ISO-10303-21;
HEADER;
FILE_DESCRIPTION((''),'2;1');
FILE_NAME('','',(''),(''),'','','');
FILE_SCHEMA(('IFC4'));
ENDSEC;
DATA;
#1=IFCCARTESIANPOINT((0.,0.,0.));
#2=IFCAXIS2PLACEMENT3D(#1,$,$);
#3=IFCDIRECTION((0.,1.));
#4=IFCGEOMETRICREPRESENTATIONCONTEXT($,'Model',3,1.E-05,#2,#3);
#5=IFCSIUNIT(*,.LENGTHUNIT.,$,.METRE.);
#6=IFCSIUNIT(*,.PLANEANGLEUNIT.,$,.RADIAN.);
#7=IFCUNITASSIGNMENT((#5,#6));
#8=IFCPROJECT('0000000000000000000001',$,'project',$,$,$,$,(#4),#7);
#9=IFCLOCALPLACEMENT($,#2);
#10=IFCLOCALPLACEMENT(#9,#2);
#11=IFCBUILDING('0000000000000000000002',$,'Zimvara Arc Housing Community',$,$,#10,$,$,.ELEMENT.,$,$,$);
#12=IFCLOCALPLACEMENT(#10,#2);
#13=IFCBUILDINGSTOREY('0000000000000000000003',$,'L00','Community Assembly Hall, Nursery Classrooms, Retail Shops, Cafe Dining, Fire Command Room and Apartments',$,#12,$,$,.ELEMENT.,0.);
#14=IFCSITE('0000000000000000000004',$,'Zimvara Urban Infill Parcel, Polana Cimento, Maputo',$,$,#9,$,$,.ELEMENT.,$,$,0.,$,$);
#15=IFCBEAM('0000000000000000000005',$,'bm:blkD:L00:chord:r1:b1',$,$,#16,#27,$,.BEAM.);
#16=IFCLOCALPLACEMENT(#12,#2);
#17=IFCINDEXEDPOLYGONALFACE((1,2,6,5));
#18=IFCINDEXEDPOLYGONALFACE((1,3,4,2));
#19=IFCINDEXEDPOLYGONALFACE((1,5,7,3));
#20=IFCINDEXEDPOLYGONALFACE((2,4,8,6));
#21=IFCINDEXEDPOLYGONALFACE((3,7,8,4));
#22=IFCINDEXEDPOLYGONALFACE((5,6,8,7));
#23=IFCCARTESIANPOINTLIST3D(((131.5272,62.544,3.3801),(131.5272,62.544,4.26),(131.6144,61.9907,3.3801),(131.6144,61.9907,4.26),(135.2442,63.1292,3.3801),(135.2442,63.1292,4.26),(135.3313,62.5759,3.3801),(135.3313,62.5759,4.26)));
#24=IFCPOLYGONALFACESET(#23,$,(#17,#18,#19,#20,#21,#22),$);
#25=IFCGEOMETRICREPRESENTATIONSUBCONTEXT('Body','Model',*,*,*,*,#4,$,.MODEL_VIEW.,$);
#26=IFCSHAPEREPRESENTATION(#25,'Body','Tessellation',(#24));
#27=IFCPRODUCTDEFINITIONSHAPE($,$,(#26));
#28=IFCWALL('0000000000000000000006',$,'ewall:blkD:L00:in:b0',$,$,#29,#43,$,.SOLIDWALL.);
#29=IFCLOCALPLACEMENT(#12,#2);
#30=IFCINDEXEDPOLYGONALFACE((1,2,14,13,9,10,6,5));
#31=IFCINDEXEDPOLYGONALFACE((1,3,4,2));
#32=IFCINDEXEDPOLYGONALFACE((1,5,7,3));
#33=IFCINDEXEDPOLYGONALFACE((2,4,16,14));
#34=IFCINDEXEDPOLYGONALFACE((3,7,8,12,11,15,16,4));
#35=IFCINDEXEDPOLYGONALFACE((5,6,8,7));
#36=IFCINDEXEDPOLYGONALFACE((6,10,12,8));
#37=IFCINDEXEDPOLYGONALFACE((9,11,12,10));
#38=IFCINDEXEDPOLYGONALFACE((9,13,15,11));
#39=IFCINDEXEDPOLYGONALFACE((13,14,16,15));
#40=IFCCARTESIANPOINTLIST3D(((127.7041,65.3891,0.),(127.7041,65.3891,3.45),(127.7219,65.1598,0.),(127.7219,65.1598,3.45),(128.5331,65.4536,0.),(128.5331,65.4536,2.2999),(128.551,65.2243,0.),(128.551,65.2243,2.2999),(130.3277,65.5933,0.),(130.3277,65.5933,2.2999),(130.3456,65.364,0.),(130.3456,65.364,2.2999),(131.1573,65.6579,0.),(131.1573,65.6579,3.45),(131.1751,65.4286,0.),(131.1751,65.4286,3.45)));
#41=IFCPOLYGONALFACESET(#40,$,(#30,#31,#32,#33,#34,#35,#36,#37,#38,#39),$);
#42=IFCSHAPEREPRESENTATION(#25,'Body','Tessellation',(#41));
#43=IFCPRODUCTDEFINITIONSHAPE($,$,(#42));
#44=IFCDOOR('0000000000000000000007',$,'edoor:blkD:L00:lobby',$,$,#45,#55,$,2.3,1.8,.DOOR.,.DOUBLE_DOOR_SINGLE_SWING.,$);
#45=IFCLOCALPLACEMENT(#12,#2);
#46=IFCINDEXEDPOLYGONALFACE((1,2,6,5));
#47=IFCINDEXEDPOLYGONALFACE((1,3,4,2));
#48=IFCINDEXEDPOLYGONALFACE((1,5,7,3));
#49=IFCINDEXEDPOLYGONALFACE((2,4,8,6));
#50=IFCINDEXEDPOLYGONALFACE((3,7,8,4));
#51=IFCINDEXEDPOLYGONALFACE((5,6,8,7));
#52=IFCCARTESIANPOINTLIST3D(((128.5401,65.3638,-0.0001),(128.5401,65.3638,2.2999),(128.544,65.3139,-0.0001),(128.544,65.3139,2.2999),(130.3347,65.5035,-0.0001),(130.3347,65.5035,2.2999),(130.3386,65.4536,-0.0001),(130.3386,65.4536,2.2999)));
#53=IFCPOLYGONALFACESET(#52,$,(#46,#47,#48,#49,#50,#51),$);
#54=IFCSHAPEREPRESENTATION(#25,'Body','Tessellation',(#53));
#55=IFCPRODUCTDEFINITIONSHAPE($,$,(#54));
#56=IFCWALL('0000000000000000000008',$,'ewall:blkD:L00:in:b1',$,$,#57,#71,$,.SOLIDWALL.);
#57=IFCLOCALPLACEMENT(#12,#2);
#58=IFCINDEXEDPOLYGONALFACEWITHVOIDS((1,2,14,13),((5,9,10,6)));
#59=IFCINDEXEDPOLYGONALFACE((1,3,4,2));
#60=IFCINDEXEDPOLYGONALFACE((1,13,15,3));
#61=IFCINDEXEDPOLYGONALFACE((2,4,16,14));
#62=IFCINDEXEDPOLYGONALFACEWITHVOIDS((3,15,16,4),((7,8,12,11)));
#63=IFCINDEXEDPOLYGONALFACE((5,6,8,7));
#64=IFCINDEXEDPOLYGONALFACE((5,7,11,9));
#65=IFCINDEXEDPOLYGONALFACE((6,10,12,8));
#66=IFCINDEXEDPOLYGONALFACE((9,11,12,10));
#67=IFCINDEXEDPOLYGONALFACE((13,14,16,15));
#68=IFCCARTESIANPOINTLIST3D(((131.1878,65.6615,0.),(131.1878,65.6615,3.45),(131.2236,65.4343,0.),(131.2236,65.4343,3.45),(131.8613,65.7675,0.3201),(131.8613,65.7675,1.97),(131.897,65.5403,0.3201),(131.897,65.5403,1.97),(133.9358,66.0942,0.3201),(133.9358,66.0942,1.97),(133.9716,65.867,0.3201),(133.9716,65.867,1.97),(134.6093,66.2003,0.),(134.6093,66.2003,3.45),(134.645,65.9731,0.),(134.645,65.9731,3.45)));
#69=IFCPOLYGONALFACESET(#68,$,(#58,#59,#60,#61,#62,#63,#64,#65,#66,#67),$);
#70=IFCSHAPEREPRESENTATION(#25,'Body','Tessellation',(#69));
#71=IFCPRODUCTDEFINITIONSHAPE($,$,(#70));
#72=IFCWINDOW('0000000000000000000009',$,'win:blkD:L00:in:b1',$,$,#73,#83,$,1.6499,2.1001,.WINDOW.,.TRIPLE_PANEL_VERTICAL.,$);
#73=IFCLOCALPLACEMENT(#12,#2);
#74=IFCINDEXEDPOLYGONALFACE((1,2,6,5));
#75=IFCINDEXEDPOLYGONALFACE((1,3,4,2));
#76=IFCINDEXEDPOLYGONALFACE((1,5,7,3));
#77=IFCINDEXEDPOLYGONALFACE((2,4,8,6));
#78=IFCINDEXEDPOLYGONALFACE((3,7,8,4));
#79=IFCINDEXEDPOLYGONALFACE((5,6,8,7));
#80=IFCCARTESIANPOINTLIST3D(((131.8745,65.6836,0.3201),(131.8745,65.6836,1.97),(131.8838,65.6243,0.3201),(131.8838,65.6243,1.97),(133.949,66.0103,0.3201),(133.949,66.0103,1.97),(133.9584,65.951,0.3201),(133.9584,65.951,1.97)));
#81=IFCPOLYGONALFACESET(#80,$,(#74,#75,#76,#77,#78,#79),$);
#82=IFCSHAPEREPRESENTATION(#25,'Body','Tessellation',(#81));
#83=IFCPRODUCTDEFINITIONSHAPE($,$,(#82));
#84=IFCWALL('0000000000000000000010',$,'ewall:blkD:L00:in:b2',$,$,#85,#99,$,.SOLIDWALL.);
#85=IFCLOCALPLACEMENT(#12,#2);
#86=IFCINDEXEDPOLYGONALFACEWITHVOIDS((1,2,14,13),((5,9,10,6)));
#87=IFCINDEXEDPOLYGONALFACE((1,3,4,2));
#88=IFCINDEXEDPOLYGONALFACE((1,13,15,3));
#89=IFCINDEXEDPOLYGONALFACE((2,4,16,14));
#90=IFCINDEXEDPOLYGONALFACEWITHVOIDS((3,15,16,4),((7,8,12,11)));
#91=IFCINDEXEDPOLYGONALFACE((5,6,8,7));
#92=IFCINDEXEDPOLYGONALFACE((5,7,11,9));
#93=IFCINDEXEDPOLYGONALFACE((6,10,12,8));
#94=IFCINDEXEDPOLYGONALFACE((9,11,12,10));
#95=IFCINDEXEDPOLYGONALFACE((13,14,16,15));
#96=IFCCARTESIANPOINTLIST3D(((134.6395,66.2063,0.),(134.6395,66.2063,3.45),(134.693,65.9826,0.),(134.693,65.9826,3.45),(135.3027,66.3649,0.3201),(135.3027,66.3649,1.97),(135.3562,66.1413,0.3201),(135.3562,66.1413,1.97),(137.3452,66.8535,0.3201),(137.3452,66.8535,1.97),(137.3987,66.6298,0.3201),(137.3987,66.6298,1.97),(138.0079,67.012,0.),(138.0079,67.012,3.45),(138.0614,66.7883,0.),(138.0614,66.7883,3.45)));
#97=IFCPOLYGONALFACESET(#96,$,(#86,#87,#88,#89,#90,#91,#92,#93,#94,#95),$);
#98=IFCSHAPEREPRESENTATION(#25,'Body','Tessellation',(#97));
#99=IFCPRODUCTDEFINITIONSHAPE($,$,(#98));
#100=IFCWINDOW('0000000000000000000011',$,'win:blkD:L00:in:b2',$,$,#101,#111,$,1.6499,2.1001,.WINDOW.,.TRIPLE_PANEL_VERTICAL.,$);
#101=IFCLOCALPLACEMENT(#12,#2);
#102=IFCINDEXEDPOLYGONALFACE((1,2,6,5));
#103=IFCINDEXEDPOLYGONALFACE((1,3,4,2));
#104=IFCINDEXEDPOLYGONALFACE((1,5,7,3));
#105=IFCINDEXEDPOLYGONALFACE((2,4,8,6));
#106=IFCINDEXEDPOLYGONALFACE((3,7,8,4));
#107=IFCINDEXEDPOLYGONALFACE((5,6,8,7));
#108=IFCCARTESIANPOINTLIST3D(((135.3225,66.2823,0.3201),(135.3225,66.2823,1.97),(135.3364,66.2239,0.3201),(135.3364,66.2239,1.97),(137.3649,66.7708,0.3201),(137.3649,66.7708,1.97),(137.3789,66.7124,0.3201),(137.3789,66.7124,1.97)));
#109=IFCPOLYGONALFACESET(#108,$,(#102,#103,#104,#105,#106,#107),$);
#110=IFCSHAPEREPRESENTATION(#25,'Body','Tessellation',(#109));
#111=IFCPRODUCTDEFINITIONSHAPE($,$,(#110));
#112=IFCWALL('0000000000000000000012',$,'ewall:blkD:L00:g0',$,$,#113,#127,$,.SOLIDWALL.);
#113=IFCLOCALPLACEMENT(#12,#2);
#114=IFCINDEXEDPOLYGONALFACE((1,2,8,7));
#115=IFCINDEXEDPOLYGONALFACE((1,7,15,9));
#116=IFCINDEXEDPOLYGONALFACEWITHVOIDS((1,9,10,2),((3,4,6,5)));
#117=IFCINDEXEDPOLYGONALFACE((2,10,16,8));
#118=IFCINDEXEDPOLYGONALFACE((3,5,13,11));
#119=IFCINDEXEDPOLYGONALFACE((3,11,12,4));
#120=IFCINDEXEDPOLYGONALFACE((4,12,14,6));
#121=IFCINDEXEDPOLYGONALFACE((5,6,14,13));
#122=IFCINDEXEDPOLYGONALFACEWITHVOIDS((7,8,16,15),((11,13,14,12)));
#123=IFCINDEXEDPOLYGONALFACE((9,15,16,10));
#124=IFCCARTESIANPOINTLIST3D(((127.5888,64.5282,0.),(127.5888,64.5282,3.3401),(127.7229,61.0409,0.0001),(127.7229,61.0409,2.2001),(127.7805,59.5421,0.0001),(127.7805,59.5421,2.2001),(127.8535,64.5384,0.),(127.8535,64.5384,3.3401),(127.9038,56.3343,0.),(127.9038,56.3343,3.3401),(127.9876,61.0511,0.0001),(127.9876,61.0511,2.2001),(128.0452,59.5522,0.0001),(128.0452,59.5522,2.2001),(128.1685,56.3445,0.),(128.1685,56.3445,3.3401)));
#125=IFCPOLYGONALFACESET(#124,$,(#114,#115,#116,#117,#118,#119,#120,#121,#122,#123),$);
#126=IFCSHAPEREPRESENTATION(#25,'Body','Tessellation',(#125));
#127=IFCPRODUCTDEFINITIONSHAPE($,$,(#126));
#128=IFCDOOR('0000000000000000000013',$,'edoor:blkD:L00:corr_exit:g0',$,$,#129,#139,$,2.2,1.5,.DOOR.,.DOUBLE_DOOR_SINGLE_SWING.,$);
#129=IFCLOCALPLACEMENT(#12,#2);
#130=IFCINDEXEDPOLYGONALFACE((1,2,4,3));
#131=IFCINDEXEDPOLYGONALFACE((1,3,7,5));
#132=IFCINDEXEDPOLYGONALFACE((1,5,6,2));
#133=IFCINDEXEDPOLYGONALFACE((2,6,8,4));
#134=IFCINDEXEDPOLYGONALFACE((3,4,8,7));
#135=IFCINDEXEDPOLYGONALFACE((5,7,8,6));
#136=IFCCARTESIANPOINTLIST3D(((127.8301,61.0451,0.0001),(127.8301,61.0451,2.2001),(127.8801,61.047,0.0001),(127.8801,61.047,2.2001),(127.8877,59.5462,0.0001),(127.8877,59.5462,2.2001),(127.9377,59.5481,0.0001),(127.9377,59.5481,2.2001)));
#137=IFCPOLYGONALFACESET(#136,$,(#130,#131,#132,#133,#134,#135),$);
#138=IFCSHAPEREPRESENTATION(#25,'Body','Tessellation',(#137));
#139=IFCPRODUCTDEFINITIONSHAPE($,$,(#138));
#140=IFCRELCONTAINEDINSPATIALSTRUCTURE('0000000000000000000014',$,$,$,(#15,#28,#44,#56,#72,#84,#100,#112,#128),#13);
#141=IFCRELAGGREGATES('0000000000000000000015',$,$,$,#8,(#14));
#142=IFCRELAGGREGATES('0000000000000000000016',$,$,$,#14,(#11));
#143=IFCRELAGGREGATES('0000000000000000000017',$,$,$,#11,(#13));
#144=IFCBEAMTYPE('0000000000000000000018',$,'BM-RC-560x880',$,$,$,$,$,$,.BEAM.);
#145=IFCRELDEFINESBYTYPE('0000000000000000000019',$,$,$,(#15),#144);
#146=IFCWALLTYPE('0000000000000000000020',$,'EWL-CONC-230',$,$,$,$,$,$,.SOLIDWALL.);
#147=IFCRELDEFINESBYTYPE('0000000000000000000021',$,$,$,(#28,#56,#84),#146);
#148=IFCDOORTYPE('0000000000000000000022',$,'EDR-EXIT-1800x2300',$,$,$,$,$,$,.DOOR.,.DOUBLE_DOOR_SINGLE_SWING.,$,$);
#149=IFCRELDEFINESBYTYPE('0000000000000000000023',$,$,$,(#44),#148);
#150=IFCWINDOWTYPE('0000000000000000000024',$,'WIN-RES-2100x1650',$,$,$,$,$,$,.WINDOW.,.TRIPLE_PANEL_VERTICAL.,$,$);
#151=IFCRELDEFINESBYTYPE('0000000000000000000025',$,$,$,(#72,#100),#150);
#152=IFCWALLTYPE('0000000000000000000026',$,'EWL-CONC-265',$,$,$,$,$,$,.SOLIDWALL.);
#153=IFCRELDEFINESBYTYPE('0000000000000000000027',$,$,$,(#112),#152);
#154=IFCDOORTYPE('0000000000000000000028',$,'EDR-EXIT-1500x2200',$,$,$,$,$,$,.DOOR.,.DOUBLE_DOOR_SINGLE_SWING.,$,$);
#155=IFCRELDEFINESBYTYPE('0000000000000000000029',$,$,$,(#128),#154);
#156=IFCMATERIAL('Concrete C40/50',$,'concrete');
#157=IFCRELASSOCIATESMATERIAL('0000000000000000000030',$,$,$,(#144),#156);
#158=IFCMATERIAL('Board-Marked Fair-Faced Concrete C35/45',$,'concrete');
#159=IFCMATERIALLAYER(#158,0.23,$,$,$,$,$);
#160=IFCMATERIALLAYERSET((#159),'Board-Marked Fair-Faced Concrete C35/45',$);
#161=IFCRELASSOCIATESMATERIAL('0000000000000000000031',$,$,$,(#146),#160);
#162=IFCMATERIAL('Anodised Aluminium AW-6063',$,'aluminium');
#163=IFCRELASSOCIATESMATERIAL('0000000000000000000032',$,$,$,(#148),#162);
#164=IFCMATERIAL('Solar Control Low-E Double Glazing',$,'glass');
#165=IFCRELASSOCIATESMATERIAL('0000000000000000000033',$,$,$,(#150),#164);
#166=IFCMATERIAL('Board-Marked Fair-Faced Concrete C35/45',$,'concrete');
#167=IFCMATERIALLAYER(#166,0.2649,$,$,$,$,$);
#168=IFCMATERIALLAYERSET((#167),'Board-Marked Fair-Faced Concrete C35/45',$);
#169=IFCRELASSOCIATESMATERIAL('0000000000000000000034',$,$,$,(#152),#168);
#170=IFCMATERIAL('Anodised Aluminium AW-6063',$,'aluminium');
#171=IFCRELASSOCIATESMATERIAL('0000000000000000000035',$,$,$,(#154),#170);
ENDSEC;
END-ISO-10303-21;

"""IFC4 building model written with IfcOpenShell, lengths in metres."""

from ifc_helpers import new_model, si_unit, direction, frame, frame_2d, origin, origin_2d, place, context, subcontext, project, spatial, rectangle, extrude, material, layer, layer_set, material_profile, profile_set, type_object, element, fill, save


model = new_model("IFC4")

# Units and contexts
model_context = context("Model", 3, precision=1e-05, world=origin(), true_north=direction((0.0, 1.0)))
body_context = subcontext(model_context, "Body", "Model", "MODEL_VIEW")
ifc_project = project(units=[si_unit("LENGTHUNIT", "METRE"), si_unit("PLANEANGLEUNIT", "RADIAN")], contexts=[model_context])

# Site, building, storey
site_placement = place(None, origin())
site = spatial("IfcSite", under=ifc_project, at=site_placement, Name="Zimvara Urban Infill Parcel, Polana Cimento, Maputo", CompositionType="ELEMENT", RefElevation=0.0)
building_placement = place(site_placement, origin())
building = spatial("IfcBuilding", under=site, at=building_placement, Name="Zimvara Arc Housing Community", CompositionType="ELEMENT")
storey_placement = place(building_placement, origin())
storey = spatial("IfcBuildingStorey", under=building, at=storey_placement, Name="L00", Description="Community Assembly Hall, Nursery Classrooms, Retail Shops, Cafe Dining, Fire Command Room and Apartments", CompositionType="ELEMENT", Elevation=0.0)

# Beam
ifc_material_1 = material(Name="Concrete C40/50", Category="concrete")
ifc_material_profile_1 = material_profile(ifc_material_1, rectangle(XDim=0.5601, YDim=0.8799, at=origin_2d()), Name="RC 560x880")
ifc_profile_set_1 = profile_set([ifc_material_profile_1], Name="Concrete C40/50")
beam_type_1 = type_object("IfcBeamType", Name="BM-RC-560x880", PredefinedType="BEAM", material=ifc_profile_set_1)
beam_1_placement = place(storey_placement, frame((131.5708, 62.2673, 3.8201), z_axis=(0.987831, 0.155533, 0.0), x_axis=(-0.155533, 0.987831, 0.0)))
element("IfcBeam", 1, at=beam_1_placement, inside=storey, type_object=beam_type_1, Name="bm:blkD:L00:chord:r1:b1", PredefinedType="BEAM", context=body_context, shape_type="SweptSolid", body=[
    extrude(rectangle(XDim=0.5601, YDim=0.8799, at=origin_2d()), origin(), (0.0, 0.0, 1.0), 3.7627),
])

# Wall, opening, door
ifc_material_2 = material(Name="Board-Marked Fair-Faced Concrete C35/45", Category="concrete")
ifc_layer_1 = layer(ifc_material_2, 0.23)
ifc_layer_set_1 = layer_set([ifc_layer_1], Name="Board-Marked Fair-Faced Concrete C35/45")
wall_type_1 = type_object("IfcWallType", Name="EWL-CONC-230", PredefinedType="SOLIDWALL", material=ifc_layer_set_1)
wall_1_placement = place(storey_placement, frame((127.7129, 65.2744, 0.0), z_axis=(0.0, 0.0, 1.0), x_axis=(0.996984, 0.077607, 0.0)))
wall_1 = element("IfcWall", 2, at=wall_1_placement, inside=storey, type_object=wall_type_1, Name="ewall:blkD:L00:in:b0", PredefinedType="SOLIDWALL", context=body_context, shape_type="SweptSolid", body=[
    extrude(rectangle(XDim=3.4636, YDim=0.23, at=frame_2d((1.7319, 0.0))), origin(), (0.0, 0.0, 1.0), 3.45),
])
opening_1_placement = place(wall_1_placement, frame((0.8318, 0.0, 0.0)))
opening_1 = element("IfcOpeningElement", 3, at=opening_1_placement, cuts=wall_1, PredefinedType="OPENING", context=body_context, shape_type="SweptSolid", body=[
    extrude(rectangle(XDim=1.8, YDim=2.3, at=frame_2d((0.8999, 1.1499))), frame((0.0, 0.125, 0.0), z_axis=(0.0, -1.0, 0.0), x_axis=(1.0, 0.0, 0.0)), (0.0, 0.0, 1.0), 0.25),
])
ifc_material_3 = material(Name="Anodised Aluminium AW-6063", Category="aluminium")
door_type_1 = type_object("IfcDoorType", Name="EDR-EXIT-1800x2300", OperationType="DOUBLE_DOOR_SINGLE_SWING", PredefinedType="DOOR", material=ifc_material_3)
door_1_placement = place(opening_1_placement, origin())
door_1 = element("IfcDoor", 4, at=door_1_placement, inside=storey, type_object=door_type_1, Name="edoor:blkD:L00:lobby", OperationType="DOUBLE_DOOR_SINGLE_SWING", OverallHeight=2.3, OverallWidth=1.8, PredefinedType="DOOR", context=body_context, shape_type="SweptSolid", body=[
    extrude(rectangle(XDim=1.8, YDim=2.3, at=frame_2d((0.8999, 1.1499))), frame((0.0, 0.0249, 0.0), z_axis=(0.0, -1.0, 0.0), x_axis=(1.0, 0.0, 0.0)), (0.0, 0.0, 1.0), 0.05),
])
fill(opening_1, door_1)

# Walls, openings, windows
wall_2_placement = place(storey_placement, frame((131.2056, 65.5479, 0.0), z_axis=(0.0, 0.0, 1.0), x_axis=(0.987825, 0.155568, 0.0)))
wall_2 = element("IfcWall", 5, at=wall_2_placement, inside=storey, type_object=wall_type_1, Name="ewall:blkD:L00:in:b1", PredefinedType="SOLIDWALL", context=body_context, shape_type="SweptSolid", body=[
    extrude(rectangle(XDim=3.4636, YDim=0.23, at=frame_2d((1.7319, 0.0))), origin(), (0.0, 0.0, 1.0), 3.45),
])
opening_2_placement = place(wall_2_placement, frame((0.6819, 0.0, 0.3201)))
opening_2 = element("IfcOpeningElement", 6, at=opening_2_placement, cuts=wall_2, PredefinedType="OPENING", context=body_context, shape_type="SweptSolid", body=[
    extrude(rectangle(XDim=2.1001, YDim=1.6499, at=frame_2d((1.05, 0.825))), frame((0.0, 0.125, 0.0), z_axis=(0.0, -1.0, 0.0), x_axis=(1.0, 0.0, 0.0)), (0.0, 0.0, 1.0), 0.25),
])
ifc_material_4 = material(Name="Solar Control Low-E Double Glazing", Category="glass")
window_type = type_object("IfcWindowType", Name="WIN-RES-2100x1650", PartitioningType="TRIPLE_PANEL_VERTICAL", PredefinedType="WINDOW", material=ifc_material_4)
window_1_placement = place(opening_2_placement, origin())
window_1 = element("IfcWindow", 7, at=window_1_placement, inside=storey, type_object=window_type, Name="win:blkD:L00:in:b1", OverallHeight=1.6499, OverallWidth=2.1001, PartitioningType="TRIPLE_PANEL_VERTICAL", PredefinedType="WINDOW", context=body_context, shape_type="SweptSolid", body=[
    extrude(rectangle(XDim=2.1001, YDim=1.6499, at=frame_2d((1.05, 0.825))), frame((0.0, 0.03, 0.0), z_axis=(0.0, -1.0, 0.0), x_axis=(1.0, 0.0, 0.0)), (0.0, 0.0, 1.0), 0.0601),
])
fill(opening_2, window_1)
wall_3_placement = place(storey_placement, frame((134.6663, 66.0945, 0.0), z_axis=(0.0, 0.0, 1.0), x_axis=(0.972567, 0.232621, 0.0)))
wall_3 = element("IfcWall", 8, at=wall_3_placement, inside=storey, type_object=wall_type_1, Name="ewall:blkD:L00:in:b2", PredefinedType="SOLIDWALL", context=body_context, shape_type="SweptSolid", body=[
    extrude(rectangle(XDim=3.4634, YDim=0.23, at=frame_2d((1.7317, 0.0))), origin(), (0.0, 0.0, 1.0), 3.45),
])
opening_3_placement = place(wall_3_placement, frame((0.6819, 0.0, 0.3201)))
opening_3 = element("IfcOpeningElement", 9, at=opening_3_placement, cuts=wall_3, PredefinedType="OPENING", context=body_context, shape_type="SweptSolid", body=[
    extrude(rectangle(XDim=2.1001, YDim=1.6499, at=frame_2d((1.05, 0.825))), frame((0.0, 0.125, 0.0), z_axis=(0.0, -1.0, 0.0), x_axis=(1.0, 0.0, 0.0)), (0.0, 0.0, 1.0), 0.25),
])
window_2_placement = place(opening_3_placement, origin())
window_2 = element("IfcWindow", 10, at=window_2_placement, inside=storey, type_object=window_type, Name="win:blkD:L00:in:b2", OverallHeight=1.6499, OverallWidth=2.1001, PartitioningType="TRIPLE_PANEL_VERTICAL", PredefinedType="WINDOW", context=body_context, shape_type="SweptSolid", body=[
    extrude(rectangle(XDim=2.1001, YDim=1.6499, at=frame_2d((1.05, 0.825))), frame((0.0, 0.03, 0.0), z_axis=(0.0, -1.0, 0.0), x_axis=(1.0, 0.0, 0.0)), (0.0, 0.0, 1.0), 0.0601),
])
fill(opening_3, window_2)

# Wall, opening, door
ifc_material_5 = material(Name="Board-Marked Fair-Faced Concrete C35/45", Category="concrete")
ifc_layer_2 = layer(ifc_material_5, 0.2649)
ifc_layer_set_2 = layer_set([ifc_layer_2], Name="Board-Marked Fair-Faced Concrete C35/45")
wall_type_2 = type_object("IfcWallType", Name="EWL-CONC-265", PredefinedType="SOLIDWALL", material=ifc_layer_set_2)
wall_4_placement = place(storey_placement, frame((127.7212, 64.5334, 0.0), z_axis=(0.0, 0.0, 1.0), x_axis=(0.038408, -0.999262, 0.0)))
wall_4 = element("IfcWall", 11, at=wall_4_placement, inside=storey, type_object=wall_type_2, Name="ewall:blkD:L00:g0", PredefinedType="SOLIDWALL", context=body_context, shape_type="SweptSolid", body=[
    extrude(rectangle(XDim=8.2, YDim=0.2649, at=frame_2d((4.1001, 0.0))), origin(), (0.0, 0.0, 1.0), 3.3401),
])
opening_4_placement = place(wall_4_placement, frame((3.49, 0.0, 0.0)))
opening_4 = element("IfcOpeningElement", 12, at=opening_4_placement, cuts=wall_4, PredefinedType="OPENING", context=body_context, shape_type="SweptSolid", body=[
    extrude(rectangle(XDim=1.5, YDim=2.2, at=frame_2d((0.75, 1.1001))), frame((0.0, 0.1423, 0.0), z_axis=(0.0, -1.0, 0.0), x_axis=(1.0, 0.0, 0.0)), (0.0, 0.0, 1.0), 0.2849),
])
ifc_material_6 = material(Name="Anodised Aluminium AW-6063", Category="aluminium")
door_type_2 = type_object("IfcDoorType", Name="EDR-EXIT-1500x2200", OperationType="DOUBLE_DOOR_SINGLE_SWING", PredefinedType="DOOR", material=ifc_material_6)
door_2_placement = place(opening_4_placement, origin())
door_2 = element("IfcDoor", 13, at=door_2_placement, inside=storey, type_object=door_type_2, Name="edoor:blkD:L00:corr_exit:g0", OperationType="DOUBLE_DOOR_SINGLE_SWING", OverallHeight=2.2, OverallWidth=1.5, PredefinedType="DOOR", context=body_context, shape_type="SweptSolid", body=[
    extrude(rectangle(XDim=1.5, YDim=2.2, at=frame_2d((0.75, 1.1001))), frame((0.0, 0.0249, 0.0), z_axis=(0.0, -1.0, 0.0), x_axis=(1.0, 0.0, 0.0)), (0.0, 0.0, 1.0), 0.05),
])
fill(opening_4, door_2)

save(model, "model.ifc")
